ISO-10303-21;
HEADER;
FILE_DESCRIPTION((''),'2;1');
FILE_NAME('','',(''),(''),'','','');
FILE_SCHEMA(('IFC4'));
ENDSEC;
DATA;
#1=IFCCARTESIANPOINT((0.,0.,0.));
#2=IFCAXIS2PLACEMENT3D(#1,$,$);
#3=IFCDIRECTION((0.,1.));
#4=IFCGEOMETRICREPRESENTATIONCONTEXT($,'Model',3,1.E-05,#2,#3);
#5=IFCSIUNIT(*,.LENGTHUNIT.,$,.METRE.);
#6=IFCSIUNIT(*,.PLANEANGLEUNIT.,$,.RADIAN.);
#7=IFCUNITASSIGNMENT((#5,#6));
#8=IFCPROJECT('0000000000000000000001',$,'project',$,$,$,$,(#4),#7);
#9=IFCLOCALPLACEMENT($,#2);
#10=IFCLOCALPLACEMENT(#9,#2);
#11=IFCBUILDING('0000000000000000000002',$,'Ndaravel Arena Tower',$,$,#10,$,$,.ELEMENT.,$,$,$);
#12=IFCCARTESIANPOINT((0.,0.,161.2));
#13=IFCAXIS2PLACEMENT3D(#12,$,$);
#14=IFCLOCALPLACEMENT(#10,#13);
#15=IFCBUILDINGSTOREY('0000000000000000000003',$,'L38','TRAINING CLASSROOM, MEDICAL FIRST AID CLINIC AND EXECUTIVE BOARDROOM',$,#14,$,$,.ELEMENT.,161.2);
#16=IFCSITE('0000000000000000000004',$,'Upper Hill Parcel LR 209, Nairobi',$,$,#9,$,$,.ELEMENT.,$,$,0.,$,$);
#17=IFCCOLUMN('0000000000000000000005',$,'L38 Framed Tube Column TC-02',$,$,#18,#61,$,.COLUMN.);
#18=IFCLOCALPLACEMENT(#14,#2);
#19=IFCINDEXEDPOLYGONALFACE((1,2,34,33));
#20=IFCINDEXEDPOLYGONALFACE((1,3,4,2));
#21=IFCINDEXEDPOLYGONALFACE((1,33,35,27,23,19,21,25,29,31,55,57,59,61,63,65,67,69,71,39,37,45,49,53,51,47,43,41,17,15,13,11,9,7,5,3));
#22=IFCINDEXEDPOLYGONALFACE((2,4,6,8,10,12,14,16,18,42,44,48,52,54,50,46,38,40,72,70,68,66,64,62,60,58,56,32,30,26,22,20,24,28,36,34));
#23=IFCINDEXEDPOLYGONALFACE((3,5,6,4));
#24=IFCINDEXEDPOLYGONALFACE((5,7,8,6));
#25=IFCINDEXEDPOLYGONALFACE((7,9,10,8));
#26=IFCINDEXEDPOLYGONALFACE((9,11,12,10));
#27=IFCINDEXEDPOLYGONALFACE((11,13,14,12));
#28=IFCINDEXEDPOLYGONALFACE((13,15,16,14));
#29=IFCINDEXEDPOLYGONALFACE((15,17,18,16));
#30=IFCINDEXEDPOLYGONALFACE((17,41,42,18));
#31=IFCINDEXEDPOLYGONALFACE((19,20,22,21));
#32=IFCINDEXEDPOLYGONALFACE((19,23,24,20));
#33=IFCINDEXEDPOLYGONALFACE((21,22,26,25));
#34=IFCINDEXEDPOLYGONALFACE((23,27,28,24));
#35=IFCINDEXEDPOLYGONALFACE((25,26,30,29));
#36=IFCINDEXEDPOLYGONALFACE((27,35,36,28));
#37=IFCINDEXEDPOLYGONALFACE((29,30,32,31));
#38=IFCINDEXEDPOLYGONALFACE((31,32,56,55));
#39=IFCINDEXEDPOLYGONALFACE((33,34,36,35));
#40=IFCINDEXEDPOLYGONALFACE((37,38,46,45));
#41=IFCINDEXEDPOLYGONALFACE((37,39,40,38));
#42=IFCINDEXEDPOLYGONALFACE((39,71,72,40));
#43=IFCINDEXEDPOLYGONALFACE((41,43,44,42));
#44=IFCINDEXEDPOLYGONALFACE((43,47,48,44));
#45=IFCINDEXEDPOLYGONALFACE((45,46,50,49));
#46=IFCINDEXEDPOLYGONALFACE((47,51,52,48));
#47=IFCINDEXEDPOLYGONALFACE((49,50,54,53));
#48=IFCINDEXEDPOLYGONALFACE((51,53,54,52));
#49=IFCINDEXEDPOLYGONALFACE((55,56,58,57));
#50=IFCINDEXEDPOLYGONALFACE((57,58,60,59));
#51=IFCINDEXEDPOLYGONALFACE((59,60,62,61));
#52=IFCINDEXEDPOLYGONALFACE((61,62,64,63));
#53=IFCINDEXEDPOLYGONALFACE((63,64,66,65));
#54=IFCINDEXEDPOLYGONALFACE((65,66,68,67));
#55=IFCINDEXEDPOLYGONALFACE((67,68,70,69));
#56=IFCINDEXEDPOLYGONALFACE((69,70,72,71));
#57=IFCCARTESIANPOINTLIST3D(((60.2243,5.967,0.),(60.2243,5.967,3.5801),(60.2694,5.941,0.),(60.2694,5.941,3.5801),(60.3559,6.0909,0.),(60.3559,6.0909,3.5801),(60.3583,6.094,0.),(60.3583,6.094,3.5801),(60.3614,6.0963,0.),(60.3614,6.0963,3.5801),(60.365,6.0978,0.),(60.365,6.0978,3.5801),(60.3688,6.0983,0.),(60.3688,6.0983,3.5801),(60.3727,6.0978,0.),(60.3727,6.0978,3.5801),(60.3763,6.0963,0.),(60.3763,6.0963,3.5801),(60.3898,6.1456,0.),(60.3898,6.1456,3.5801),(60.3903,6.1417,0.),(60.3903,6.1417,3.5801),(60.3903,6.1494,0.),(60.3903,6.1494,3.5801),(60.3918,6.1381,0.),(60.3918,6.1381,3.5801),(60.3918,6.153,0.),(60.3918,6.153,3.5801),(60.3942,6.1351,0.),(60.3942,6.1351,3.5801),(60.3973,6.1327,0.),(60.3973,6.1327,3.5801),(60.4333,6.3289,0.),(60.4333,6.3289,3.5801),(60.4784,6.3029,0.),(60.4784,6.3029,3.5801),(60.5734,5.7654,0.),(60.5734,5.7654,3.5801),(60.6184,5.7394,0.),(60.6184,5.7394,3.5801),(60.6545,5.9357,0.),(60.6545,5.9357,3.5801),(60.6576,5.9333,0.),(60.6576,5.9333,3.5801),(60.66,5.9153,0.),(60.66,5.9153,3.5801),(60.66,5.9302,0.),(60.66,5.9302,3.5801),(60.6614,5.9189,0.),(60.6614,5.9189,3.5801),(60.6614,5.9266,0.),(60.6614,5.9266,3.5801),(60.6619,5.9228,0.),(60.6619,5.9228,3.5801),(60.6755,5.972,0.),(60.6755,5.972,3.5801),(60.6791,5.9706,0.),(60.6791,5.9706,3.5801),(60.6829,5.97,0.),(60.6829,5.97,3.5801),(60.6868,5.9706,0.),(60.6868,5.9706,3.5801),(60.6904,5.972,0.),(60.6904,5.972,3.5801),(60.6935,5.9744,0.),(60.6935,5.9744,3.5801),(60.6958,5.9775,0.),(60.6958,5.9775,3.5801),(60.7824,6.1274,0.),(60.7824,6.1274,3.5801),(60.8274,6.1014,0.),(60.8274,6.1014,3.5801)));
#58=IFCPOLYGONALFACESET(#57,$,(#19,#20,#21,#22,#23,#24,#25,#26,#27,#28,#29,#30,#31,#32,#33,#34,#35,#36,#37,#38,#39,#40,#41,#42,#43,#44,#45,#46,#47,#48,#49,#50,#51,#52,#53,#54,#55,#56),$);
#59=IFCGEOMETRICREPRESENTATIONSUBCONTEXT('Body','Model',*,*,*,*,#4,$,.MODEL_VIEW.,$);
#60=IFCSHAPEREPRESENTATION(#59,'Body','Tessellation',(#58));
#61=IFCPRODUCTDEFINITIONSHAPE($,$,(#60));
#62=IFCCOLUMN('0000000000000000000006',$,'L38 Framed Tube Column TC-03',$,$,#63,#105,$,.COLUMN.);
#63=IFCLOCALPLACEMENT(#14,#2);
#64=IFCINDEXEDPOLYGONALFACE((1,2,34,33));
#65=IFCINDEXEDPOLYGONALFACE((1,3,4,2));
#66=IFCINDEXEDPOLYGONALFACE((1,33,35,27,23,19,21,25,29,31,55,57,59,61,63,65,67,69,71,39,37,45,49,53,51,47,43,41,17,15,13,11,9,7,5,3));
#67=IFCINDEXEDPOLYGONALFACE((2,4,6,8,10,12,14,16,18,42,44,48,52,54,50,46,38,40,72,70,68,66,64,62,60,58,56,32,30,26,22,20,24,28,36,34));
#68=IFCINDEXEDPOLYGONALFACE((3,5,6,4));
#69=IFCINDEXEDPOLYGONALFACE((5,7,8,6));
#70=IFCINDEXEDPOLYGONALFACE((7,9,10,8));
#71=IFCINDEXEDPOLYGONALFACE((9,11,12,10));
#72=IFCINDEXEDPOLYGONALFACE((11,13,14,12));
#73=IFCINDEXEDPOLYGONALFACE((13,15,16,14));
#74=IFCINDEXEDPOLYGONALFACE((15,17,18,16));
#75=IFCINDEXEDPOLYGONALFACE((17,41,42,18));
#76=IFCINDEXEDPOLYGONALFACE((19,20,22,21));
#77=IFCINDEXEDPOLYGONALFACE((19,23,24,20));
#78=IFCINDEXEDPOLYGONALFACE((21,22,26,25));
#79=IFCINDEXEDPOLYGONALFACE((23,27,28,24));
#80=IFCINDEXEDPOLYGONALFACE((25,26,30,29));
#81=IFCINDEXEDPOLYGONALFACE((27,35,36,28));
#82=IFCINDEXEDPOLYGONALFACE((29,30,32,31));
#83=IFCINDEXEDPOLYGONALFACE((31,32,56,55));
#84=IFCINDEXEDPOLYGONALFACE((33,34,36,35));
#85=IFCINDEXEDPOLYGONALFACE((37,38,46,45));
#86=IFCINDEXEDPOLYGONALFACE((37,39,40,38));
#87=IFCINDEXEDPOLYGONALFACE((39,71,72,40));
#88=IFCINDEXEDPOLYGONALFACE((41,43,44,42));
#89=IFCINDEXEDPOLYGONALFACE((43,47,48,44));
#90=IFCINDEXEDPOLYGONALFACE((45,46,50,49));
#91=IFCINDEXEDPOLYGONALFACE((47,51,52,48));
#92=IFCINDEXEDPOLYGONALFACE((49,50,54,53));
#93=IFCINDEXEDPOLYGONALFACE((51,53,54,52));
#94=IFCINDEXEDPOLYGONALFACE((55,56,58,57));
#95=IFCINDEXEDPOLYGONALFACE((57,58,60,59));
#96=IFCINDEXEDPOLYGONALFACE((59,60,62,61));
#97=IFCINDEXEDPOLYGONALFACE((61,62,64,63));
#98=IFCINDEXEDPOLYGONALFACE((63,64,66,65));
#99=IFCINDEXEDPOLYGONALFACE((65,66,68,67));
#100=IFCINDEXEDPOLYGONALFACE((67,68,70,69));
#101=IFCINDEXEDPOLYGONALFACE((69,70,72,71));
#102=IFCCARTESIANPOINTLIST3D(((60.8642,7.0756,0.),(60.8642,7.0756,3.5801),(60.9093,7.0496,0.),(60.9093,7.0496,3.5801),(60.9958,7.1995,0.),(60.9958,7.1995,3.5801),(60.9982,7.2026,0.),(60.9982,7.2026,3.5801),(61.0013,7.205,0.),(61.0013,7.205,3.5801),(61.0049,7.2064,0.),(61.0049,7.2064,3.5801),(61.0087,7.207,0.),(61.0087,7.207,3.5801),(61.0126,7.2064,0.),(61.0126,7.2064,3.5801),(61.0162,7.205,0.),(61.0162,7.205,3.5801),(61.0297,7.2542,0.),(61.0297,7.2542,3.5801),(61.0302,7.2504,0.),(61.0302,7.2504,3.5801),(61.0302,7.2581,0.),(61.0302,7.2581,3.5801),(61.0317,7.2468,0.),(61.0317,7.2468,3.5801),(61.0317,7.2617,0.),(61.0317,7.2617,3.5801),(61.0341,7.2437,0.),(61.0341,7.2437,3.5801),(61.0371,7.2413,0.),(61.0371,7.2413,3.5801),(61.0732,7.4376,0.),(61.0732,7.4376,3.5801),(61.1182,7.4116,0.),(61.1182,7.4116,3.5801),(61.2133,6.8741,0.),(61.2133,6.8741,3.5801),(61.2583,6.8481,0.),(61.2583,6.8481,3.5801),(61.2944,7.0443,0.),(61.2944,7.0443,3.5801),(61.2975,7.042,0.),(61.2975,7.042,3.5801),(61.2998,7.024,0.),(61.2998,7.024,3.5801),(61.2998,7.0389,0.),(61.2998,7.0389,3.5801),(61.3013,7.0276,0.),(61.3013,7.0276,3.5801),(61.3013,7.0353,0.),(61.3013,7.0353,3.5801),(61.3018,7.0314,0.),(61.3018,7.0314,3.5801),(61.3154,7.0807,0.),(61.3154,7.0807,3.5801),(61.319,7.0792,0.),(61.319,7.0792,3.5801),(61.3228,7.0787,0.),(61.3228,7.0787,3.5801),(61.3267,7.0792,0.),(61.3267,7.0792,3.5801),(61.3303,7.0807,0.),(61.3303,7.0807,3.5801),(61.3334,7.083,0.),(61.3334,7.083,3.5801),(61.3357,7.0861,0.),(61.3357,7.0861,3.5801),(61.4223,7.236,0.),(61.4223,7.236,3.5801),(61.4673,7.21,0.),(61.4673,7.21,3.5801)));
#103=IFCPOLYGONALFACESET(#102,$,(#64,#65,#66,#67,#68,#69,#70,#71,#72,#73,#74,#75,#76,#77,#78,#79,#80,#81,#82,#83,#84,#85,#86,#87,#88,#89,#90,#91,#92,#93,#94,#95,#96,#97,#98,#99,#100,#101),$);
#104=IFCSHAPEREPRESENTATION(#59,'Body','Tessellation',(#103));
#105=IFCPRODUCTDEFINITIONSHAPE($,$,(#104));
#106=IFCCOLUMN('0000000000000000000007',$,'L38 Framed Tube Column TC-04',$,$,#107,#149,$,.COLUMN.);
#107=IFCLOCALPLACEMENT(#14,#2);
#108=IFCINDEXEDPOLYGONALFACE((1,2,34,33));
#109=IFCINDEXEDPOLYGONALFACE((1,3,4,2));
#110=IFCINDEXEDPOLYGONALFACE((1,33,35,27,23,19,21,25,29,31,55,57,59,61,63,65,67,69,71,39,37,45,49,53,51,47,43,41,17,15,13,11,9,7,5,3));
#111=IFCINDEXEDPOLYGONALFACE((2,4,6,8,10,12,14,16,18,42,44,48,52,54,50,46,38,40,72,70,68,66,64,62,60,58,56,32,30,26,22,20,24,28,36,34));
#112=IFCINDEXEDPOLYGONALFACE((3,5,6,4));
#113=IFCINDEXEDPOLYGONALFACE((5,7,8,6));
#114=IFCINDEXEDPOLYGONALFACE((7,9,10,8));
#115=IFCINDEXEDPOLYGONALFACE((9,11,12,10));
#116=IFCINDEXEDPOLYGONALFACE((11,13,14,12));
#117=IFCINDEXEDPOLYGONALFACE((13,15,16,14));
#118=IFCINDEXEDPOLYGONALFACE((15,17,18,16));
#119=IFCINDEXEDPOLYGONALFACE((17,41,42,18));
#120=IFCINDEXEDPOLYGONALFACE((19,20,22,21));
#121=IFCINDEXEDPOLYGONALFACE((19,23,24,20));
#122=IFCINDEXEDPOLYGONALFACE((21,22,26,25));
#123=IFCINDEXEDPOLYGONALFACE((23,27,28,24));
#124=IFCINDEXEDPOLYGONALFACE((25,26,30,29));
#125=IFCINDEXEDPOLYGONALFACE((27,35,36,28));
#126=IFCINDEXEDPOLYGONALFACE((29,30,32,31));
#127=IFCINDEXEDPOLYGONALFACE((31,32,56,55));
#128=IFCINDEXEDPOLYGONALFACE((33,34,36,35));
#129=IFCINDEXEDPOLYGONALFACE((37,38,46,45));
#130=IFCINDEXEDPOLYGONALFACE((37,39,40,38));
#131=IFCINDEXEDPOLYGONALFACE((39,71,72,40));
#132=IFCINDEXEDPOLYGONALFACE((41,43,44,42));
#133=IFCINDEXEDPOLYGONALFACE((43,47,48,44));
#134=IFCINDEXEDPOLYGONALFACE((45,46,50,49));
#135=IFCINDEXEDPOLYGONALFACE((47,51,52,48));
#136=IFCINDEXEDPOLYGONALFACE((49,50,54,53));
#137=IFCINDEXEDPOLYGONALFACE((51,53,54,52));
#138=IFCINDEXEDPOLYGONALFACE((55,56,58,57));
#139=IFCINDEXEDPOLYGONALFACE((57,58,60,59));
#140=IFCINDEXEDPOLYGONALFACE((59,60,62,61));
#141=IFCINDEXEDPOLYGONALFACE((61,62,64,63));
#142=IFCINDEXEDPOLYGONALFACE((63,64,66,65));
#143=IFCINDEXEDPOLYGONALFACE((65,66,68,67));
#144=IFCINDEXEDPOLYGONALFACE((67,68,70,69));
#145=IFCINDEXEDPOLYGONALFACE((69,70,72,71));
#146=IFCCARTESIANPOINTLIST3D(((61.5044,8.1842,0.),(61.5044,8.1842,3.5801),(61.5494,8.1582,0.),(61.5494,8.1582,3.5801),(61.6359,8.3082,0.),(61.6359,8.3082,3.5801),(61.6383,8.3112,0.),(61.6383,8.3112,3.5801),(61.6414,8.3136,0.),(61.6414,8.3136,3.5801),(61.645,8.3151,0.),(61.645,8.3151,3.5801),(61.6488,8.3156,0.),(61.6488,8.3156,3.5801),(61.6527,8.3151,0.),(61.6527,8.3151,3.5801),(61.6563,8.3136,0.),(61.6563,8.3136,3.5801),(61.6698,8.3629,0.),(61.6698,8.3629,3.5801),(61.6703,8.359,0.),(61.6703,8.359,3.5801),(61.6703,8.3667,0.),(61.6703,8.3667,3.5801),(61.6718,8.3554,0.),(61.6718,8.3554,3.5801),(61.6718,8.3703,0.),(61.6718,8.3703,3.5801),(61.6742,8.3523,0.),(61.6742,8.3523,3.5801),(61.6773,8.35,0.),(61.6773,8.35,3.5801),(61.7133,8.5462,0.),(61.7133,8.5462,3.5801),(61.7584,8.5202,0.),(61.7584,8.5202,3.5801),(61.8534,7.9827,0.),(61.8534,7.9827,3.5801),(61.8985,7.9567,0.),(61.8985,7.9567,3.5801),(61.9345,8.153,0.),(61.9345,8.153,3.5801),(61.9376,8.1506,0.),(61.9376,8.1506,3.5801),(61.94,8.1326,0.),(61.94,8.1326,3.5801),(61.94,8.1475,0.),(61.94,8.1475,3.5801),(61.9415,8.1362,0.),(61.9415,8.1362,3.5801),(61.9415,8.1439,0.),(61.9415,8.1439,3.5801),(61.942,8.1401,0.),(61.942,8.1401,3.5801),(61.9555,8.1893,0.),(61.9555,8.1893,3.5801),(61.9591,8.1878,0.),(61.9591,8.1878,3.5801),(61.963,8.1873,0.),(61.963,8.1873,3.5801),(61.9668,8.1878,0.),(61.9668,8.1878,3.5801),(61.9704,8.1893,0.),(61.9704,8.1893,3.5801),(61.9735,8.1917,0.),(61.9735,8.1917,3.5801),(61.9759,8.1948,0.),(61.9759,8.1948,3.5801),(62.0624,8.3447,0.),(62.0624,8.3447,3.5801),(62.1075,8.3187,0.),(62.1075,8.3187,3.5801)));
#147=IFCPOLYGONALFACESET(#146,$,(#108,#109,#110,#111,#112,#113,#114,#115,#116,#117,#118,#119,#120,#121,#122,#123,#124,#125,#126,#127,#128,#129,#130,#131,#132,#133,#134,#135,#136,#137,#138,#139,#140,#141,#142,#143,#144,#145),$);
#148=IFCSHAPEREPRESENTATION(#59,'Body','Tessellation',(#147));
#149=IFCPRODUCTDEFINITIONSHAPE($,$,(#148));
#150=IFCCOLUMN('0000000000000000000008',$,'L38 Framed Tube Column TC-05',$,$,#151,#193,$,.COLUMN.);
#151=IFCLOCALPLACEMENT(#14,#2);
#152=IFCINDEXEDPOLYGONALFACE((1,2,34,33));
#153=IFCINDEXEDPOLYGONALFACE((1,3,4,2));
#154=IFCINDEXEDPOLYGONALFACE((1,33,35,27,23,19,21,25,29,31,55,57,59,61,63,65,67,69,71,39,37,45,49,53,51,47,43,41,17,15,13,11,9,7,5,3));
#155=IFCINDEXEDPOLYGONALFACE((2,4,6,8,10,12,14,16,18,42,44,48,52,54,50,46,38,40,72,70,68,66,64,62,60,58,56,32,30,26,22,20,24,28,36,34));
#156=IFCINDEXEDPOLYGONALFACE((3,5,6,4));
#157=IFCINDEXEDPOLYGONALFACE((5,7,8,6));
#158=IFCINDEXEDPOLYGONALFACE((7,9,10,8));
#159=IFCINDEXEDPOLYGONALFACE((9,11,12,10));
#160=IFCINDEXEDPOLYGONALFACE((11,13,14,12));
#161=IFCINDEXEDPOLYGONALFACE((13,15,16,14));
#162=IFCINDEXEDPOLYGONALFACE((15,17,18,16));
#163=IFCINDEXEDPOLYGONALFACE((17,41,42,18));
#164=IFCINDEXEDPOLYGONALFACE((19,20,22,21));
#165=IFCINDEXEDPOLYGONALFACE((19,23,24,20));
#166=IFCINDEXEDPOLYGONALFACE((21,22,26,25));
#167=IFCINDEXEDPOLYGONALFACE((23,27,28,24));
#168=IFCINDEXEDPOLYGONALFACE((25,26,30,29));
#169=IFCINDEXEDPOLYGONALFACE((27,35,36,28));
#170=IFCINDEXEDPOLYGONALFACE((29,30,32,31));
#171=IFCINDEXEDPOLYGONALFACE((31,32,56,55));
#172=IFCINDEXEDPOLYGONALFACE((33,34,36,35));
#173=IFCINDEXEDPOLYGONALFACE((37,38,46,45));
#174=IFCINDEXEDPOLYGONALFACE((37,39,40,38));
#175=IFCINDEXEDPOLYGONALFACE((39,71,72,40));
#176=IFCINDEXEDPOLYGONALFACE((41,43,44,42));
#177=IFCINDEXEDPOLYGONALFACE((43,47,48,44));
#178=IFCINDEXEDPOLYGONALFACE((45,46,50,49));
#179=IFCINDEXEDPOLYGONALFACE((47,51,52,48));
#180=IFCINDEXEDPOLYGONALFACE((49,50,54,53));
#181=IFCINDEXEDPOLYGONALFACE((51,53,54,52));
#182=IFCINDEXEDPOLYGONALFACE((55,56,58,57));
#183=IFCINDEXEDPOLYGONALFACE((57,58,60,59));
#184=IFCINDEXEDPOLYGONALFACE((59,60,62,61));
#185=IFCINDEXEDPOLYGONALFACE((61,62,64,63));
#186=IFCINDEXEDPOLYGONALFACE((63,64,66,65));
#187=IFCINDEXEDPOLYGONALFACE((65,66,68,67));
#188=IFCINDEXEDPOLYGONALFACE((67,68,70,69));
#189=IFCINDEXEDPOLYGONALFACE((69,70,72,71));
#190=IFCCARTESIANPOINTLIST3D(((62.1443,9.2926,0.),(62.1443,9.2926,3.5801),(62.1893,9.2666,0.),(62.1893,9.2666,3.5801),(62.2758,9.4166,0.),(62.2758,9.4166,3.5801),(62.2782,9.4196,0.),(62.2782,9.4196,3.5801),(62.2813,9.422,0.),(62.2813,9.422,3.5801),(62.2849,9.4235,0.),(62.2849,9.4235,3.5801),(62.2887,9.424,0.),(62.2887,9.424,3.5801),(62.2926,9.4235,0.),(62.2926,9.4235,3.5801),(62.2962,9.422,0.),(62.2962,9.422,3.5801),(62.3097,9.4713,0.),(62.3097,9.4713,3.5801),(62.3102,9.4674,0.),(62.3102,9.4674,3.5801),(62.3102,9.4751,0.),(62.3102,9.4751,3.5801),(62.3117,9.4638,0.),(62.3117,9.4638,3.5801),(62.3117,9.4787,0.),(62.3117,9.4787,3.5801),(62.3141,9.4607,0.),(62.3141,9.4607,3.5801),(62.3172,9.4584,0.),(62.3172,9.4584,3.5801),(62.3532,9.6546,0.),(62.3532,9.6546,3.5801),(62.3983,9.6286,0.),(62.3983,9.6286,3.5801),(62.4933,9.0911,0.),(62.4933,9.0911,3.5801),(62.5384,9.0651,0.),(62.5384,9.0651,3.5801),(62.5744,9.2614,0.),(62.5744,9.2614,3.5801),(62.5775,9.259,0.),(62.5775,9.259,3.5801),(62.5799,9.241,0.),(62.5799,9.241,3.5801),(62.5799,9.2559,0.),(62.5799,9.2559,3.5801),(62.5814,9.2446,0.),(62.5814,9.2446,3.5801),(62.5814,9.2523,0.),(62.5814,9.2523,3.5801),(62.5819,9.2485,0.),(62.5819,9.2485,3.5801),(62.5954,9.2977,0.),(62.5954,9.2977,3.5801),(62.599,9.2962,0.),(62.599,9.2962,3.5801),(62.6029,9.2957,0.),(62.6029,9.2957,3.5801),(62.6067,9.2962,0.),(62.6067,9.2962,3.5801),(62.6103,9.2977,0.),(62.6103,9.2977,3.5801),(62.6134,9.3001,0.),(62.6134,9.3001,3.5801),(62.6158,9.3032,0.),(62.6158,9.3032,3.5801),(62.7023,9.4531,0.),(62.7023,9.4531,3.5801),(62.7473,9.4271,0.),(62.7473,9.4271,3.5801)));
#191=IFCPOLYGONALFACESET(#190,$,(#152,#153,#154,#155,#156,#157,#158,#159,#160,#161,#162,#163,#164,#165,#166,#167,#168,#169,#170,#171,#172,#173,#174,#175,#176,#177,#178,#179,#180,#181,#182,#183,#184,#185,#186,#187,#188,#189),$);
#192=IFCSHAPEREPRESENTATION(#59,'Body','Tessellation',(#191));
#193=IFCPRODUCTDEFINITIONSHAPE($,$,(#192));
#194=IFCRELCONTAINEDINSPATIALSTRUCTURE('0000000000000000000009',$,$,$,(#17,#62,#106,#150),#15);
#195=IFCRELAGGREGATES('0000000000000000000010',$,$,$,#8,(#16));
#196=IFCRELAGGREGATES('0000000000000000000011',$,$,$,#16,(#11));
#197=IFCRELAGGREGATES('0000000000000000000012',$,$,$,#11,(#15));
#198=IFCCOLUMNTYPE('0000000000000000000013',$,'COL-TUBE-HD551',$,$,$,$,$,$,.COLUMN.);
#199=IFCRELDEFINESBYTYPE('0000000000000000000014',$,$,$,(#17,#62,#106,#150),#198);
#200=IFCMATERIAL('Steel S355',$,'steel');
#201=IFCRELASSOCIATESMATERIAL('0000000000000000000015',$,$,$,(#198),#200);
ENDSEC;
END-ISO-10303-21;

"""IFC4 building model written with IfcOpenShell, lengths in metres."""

from ifc_helpers import new_model, si_unit, direction, frame, origin, origin_2d, place, context, subcontext, project, spatial, i_section, extrude, material, material_profile, profile_set, type_object, element, save


model = new_model("IFC4")

# Units and contexts
model_context = context("Model", 3, precision=1e-05, world=origin(), true_north=direction((0.0, 1.0)))
body_context = subcontext(model_context, "Body", "Model", "MODEL_VIEW")
ifc_project = project(units=[si_unit("LENGTHUNIT", "METRE"), si_unit("PLANEANGLEUNIT", "RADIAN")], contexts=[model_context])

# Site, building, storey
site_placement = place(None, origin())
site = spatial("IfcSite", under=ifc_project, at=site_placement, Name="Upper Hill Parcel LR 209, Nairobi", CompositionType="ELEMENT", RefElevation=0.0)
building_placement = place(site_placement, origin())
building = spatial("IfcBuilding", under=site, at=building_placement, Name="Ndaravel Arena Tower", CompositionType="ELEMENT")
storey_placement = place(building_placement, frame((0.0, 0.0, 161.2)))
storey = spatial("IfcBuildingStorey", under=building, at=storey_placement, Name="L38", Description="TRAINING CLASSROOM, MEDICAL FIRST AID CLINIC AND EXECUTIVE BOARDROOM", CompositionType="ELEMENT", Elevation=161.2)

# Columns
ifc_material_1 = material(Name="Steel S355", Category="steel")
ifc_material_profile_1 = material_profile(ifc_material_1, i_section(OverallWidth=0.418, OverallDepth=0.4551, WebThickness=0.042, FlangeThickness=0.052, FilletRadius=0.0149, at=origin_2d()), Name="HD 400x551")
ifc_profile_set_1 = profile_set([ifc_material_profile_1], Name="Steel S355")
column_type = type_object("IfcColumnType", Name="COL-TUBE-HD551", PredefinedType="COLUMN", material=ifc_profile_set_1)
for number, where, z_axis, x_axis, name in (
    (1, (60.5259, 6.0342, 0.0), (0.0, 0.0, 1.0), (0.5, 0.866025, 0.0), "L38 Framed Tube Column TC-02"),
    (2, (61.1658, 7.1428, 0.0), (0.0, 0.0, 1.0), (0.5, 0.866025, 0.0), "L38 Framed Tube Column TC-03"),
    (3, (61.8059, 8.2515, 0.0), (0.0, 0.0, 1.0), (0.5, 0.866025, 0.0), "L38 Framed Tube Column TC-04"),
    (4, (62.4458, 9.3599, 0.0), (0.0, 0.0, 1.0), (0.5, 0.866025, 0.0), "L38 Framed Tube Column TC-05"),
):
    element("IfcColumn", number, at=place(storey_placement, frame(where, z_axis=z_axis, x_axis=x_axis)), inside=storey, type_object=column_type, Name=name, PredefinedType="COLUMN", context=body_context, shape_type="SweptSolid", body=[
        extrude(i_section(OverallWidth=0.418, OverallDepth=0.4551, WebThickness=0.042, FlangeThickness=0.052, FilletRadius=0.0149, at=origin_2d()), origin(), (0.0, 0.0, 1.0), 3.5801),
    ])

save(model, "model.ifc")
